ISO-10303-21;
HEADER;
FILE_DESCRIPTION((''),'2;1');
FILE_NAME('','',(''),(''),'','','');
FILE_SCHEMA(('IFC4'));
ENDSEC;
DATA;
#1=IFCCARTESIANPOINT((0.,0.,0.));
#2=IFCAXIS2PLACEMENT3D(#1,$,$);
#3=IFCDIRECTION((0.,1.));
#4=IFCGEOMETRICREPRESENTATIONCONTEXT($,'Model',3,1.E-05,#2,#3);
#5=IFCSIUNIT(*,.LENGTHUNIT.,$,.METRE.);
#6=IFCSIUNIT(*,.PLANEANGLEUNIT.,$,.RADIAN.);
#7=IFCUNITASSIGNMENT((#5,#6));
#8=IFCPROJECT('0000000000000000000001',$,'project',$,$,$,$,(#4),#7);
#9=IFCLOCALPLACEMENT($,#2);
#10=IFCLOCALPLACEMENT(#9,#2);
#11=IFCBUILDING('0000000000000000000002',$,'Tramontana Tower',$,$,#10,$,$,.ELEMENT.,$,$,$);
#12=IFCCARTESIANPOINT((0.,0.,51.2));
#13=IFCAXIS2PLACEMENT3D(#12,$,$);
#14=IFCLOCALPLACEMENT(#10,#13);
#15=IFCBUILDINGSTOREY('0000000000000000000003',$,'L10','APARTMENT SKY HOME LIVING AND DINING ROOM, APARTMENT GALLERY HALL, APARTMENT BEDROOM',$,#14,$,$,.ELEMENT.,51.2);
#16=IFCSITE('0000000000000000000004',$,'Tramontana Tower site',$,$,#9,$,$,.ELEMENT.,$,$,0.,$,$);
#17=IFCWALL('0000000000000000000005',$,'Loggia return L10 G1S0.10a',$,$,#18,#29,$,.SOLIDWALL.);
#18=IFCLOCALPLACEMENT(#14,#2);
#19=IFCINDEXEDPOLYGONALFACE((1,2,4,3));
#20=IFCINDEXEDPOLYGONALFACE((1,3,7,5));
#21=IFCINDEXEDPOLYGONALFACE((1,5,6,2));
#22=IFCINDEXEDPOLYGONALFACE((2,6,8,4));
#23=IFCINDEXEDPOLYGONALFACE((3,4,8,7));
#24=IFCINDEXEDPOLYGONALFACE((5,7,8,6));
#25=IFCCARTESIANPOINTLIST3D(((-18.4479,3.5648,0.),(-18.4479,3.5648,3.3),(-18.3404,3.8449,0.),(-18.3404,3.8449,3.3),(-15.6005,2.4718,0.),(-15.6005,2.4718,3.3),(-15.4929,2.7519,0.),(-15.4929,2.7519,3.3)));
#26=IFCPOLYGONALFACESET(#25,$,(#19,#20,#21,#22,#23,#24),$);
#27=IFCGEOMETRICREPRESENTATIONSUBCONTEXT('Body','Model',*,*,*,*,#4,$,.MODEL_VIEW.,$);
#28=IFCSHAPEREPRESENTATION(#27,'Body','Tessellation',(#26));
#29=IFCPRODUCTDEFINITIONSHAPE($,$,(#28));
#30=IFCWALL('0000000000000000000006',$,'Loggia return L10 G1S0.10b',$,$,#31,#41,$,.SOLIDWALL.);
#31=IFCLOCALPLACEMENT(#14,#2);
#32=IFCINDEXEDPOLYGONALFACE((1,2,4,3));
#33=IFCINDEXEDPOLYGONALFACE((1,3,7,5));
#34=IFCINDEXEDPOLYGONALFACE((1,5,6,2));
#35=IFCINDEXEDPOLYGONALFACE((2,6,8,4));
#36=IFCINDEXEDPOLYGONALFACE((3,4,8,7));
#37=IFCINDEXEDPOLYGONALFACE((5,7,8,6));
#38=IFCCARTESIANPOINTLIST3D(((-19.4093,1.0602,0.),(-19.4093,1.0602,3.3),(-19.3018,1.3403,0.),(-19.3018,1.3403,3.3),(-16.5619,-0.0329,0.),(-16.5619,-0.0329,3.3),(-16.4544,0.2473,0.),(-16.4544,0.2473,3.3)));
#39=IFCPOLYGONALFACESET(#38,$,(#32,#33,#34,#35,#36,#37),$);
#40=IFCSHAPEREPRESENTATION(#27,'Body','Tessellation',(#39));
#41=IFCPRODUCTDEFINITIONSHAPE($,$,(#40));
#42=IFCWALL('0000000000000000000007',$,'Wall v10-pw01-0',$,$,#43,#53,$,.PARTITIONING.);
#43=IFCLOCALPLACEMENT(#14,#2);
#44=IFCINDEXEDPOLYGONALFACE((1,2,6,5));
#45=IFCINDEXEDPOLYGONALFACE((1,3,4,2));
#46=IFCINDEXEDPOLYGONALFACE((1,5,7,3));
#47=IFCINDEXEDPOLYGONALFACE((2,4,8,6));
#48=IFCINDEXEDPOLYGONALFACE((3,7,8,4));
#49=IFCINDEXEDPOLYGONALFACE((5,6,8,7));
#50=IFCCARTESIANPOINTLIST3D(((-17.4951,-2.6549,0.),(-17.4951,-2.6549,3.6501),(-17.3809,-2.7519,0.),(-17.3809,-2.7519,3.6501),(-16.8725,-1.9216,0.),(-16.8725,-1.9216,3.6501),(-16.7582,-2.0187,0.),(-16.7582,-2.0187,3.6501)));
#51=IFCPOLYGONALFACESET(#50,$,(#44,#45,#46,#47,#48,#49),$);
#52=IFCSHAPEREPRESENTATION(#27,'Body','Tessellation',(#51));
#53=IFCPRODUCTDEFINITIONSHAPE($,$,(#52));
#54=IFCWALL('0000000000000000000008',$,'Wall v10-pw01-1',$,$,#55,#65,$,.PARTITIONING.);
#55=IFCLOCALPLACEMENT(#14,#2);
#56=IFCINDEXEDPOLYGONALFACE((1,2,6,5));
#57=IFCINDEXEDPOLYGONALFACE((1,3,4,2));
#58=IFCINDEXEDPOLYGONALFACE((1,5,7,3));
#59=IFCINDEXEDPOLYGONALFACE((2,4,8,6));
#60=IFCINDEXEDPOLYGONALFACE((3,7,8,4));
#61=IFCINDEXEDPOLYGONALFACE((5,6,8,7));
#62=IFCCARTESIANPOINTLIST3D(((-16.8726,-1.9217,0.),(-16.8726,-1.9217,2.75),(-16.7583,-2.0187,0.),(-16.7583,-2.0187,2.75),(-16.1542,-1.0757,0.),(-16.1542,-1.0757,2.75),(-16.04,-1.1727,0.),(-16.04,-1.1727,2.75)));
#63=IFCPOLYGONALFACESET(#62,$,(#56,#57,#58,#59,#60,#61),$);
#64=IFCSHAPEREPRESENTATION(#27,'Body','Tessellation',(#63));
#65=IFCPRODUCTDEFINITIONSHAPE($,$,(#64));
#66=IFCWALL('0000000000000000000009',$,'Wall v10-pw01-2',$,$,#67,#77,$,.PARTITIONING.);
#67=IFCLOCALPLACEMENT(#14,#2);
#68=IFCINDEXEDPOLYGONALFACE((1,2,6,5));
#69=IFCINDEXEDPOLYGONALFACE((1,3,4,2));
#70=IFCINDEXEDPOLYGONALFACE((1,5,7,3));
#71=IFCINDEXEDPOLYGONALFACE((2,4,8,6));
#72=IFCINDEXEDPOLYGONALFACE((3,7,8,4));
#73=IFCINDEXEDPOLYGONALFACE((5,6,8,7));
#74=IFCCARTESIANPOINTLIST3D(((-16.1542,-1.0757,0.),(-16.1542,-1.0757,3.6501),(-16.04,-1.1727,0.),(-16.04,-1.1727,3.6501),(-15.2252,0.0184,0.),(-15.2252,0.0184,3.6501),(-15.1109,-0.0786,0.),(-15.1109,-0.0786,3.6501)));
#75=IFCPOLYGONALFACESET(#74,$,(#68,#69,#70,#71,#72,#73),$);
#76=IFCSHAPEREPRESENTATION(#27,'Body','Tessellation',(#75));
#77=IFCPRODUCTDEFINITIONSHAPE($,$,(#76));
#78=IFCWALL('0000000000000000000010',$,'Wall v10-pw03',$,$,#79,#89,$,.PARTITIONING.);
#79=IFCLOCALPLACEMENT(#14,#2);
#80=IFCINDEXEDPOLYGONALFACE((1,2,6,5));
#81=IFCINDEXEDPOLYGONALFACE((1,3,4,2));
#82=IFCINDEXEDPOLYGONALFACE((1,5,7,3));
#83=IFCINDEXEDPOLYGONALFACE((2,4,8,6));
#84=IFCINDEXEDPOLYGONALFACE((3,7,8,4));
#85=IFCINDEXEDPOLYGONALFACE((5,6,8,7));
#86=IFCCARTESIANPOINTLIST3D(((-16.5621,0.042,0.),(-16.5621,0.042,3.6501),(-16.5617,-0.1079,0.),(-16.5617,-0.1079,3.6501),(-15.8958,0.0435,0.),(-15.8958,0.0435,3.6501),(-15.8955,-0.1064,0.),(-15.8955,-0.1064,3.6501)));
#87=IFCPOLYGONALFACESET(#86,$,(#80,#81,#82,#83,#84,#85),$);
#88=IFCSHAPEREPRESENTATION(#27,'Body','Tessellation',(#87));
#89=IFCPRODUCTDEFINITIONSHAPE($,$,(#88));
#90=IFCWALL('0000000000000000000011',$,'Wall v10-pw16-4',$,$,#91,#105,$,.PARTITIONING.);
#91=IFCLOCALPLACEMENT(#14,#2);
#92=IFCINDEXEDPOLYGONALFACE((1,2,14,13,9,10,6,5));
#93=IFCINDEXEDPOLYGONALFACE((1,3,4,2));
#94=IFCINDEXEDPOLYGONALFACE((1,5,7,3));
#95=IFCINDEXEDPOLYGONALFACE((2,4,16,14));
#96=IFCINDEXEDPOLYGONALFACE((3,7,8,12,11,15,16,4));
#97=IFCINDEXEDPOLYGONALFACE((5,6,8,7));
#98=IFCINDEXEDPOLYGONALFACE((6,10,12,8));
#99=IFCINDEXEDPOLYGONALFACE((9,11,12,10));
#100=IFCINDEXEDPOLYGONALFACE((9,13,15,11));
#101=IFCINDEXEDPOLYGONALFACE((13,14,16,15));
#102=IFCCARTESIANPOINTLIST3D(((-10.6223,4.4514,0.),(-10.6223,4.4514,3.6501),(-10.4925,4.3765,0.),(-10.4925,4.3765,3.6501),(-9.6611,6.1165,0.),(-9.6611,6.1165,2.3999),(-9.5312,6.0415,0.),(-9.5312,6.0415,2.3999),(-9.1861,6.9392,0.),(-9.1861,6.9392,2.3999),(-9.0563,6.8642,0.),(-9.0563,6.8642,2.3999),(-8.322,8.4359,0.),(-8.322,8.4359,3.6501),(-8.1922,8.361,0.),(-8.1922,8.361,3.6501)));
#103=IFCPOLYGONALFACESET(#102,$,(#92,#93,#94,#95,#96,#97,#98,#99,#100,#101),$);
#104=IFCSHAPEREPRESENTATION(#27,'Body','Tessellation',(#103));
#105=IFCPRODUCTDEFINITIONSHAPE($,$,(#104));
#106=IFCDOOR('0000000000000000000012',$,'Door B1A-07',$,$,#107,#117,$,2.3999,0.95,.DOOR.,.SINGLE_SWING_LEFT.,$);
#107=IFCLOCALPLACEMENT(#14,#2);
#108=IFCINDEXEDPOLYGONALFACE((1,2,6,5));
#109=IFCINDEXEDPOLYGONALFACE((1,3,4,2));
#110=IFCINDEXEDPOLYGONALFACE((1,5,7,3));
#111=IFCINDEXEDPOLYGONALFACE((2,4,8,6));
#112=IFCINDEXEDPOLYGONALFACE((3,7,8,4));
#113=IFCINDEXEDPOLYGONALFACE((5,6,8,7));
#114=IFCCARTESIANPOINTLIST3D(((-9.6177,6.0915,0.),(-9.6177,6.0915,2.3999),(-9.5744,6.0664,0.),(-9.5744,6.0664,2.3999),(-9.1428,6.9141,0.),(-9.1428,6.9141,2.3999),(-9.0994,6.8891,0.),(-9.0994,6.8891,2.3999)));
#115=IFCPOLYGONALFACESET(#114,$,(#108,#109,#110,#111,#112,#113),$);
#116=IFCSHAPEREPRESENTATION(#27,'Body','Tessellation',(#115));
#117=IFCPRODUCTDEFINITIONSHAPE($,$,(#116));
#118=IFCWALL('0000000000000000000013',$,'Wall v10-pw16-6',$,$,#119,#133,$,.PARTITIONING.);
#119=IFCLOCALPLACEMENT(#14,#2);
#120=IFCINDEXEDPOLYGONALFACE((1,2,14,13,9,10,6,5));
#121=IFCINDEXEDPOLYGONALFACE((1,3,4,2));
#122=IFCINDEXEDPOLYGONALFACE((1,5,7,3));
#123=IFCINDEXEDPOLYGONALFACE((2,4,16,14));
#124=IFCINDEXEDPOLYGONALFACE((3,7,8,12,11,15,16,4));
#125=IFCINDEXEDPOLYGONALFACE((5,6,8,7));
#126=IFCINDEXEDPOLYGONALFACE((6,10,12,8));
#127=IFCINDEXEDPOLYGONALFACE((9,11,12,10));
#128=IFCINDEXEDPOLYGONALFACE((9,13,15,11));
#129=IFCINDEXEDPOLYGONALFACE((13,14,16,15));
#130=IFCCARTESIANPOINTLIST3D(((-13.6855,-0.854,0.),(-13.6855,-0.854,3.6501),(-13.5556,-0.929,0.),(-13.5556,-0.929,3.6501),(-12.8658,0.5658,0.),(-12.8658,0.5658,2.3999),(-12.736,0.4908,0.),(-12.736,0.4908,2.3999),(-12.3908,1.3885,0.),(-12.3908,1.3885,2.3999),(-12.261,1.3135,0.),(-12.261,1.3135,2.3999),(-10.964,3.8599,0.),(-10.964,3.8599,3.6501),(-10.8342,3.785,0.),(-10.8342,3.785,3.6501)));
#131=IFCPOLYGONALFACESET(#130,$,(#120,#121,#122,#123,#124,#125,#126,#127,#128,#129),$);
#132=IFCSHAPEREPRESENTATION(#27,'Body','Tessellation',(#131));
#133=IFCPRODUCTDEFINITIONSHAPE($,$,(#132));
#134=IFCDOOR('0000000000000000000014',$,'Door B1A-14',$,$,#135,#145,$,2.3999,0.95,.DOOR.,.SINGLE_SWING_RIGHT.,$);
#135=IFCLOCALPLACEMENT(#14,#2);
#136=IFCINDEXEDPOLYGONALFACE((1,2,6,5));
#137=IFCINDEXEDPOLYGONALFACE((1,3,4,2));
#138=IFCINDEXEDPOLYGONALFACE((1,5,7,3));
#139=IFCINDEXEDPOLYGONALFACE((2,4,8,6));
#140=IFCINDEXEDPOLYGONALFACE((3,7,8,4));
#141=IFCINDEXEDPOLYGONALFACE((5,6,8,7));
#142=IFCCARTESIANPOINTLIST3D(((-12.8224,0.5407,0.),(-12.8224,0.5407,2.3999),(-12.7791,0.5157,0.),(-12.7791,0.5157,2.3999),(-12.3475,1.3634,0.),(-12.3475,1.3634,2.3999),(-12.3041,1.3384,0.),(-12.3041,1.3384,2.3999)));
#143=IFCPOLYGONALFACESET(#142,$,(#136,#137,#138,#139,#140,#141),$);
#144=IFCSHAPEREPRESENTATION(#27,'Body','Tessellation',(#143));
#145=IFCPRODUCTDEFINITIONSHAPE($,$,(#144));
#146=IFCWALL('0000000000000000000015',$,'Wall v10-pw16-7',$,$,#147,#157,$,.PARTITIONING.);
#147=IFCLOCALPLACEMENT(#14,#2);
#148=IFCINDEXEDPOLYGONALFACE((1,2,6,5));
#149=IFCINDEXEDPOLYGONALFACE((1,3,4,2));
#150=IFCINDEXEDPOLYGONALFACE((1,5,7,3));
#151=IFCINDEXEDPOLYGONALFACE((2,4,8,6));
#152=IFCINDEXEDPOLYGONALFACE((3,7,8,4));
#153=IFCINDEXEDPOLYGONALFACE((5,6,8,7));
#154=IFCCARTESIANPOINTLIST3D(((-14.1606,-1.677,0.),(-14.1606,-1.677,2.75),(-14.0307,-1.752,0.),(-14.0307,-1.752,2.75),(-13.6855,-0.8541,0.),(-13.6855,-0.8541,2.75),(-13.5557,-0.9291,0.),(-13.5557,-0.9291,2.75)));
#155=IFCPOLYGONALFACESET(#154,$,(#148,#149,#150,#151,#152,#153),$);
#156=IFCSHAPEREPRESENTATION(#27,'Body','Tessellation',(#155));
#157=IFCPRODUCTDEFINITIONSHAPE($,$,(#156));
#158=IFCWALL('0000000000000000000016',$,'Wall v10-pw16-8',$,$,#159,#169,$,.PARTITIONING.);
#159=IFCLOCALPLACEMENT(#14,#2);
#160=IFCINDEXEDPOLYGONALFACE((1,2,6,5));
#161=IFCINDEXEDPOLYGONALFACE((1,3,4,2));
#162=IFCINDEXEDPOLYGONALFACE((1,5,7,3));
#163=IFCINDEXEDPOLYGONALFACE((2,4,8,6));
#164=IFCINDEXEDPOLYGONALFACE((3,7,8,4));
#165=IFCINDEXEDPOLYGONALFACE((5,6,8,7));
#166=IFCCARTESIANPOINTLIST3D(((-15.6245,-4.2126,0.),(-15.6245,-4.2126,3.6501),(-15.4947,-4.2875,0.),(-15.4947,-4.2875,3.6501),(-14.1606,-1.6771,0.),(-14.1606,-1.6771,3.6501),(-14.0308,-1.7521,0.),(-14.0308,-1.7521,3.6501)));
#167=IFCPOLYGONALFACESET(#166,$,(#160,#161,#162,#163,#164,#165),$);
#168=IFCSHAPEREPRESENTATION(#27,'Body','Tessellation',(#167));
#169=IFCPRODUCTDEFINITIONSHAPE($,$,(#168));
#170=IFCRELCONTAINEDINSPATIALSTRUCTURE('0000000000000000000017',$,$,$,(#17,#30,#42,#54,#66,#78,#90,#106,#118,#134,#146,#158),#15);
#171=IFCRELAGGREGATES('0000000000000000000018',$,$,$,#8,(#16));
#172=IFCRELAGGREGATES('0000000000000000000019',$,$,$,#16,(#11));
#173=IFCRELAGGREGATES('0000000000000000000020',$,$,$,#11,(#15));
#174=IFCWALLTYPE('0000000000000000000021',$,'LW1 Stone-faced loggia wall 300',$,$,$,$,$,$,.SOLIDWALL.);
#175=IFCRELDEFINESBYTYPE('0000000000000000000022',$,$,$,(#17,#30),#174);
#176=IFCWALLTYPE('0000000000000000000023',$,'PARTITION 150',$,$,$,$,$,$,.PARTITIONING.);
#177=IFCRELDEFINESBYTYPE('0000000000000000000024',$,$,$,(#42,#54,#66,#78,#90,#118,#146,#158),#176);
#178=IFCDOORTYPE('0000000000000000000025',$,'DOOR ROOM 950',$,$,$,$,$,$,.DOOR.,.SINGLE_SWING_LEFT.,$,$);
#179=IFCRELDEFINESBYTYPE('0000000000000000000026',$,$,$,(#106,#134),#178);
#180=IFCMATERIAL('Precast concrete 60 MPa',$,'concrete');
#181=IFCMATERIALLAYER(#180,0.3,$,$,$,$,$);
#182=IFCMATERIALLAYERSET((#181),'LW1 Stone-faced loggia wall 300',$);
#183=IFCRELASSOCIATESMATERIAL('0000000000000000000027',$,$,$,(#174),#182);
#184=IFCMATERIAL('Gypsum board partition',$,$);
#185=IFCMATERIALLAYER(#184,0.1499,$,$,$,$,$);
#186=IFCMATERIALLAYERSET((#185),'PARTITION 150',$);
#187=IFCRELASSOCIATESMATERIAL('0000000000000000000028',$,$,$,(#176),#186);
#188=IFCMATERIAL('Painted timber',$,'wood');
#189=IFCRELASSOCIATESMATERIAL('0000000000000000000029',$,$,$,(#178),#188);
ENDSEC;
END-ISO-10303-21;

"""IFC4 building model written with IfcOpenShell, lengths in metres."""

from ifc_helpers import new_model, si_unit, direction, frame, frame_2d, origin, place, context, subcontext, project, spatial, rectangle, extrude, material, layer, layer_set, type_object, element, fill, save


model = new_model("IFC4")

# Units and contexts
model_context = context("Model", 3, precision=1e-05, world=origin(), true_north=direction((0.0, 1.0)))
body_context = subcontext(model_context, "Body", "Model", "MODEL_VIEW")
ifc_project = project(units=[si_unit("LENGTHUNIT", "METRE"), si_unit("PLANEANGLEUNIT", "RADIAN")], contexts=[model_context])

# Site, building, storey
site_placement = place(None, origin())
site = spatial("IfcSite", under=ifc_project, at=site_placement, Name="Tramontana Tower site", CompositionType="ELEMENT", RefElevation=0.0)
building_placement = place(site_placement, origin())
building = spatial("IfcBuilding", under=site, at=building_placement, Name="Tramontana Tower", CompositionType="ELEMENT")
storey_placement = place(building_placement, frame((0.0, 0.0, 51.2)))
storey = spatial("IfcBuildingStorey", under=building, at=storey_placement, Name="L10", Description="APARTMENT SKY HOME LIVING AND DINING ROOM, APARTMENT GALLERY HALL, APARTMENT BEDROOM", CompositionType="ELEMENT", Elevation=51.2)

# Shared definitions
ifc_material_1 = material(Name="Precast concrete 60 MPa", Category="concrete")
ifc_layer_1 = layer(ifc_material_1, 0.3)
ifc_layer_set_1 = layer_set([ifc_layer_1], Name="LW1 Stone-faced loggia wall 300")
wall_type_1 = type_object("IfcWallType", Name="LW1 Stone-faced loggia wall 300", PredefinedType="SOLIDWALL", material=ifc_layer_set_1)

# Walls
for number, where, z_axis, x_axis, name in (
    (1, (-18.394, 3.7048, 0.0), (0.0, 0.0, 1.0), (0.933581, -0.358368, 0.0), "Loggia return L10 G1S0.10a"),
    (2, (-19.3555, 1.2002, 0.0), (0.0, 0.0, 1.0), (0.933581, -0.358368, 0.0), "Loggia return L10 G1S0.10b"),
):
    element("IfcWall", number, at=place(storey_placement, frame(where, z_axis=z_axis, x_axis=x_axis)), inside=storey, type_object=wall_type_1, Name=name, PredefinedType="SOLIDWALL", context=body_context, shape_type="SweptSolid", body=[
        extrude(rectangle(XDim=3.05, YDim=0.3, at=frame_2d((1.5249, 0.0))), origin(), (0.0, 0.0, 1.0), 3.3),
    ])
ifc_material_2 = material(Name="Gypsum board partition")
ifc_layer_2 = layer(ifc_material_2, 0.1499)
ifc_layer_set_2 = layer_set([ifc_layer_2], Name="PARTITION 150")
wall_type_2 = type_object("IfcWallType", Name="PARTITION 150", PredefinedType="PARTITIONING", material=ifc_layer_set_2)
wall_1_placement = place(storey_placement, frame((-17.438, -2.7034, 0.0), z_axis=(0.0, 0.0, 1.0), x_axis=(0.647273, 0.762259, 0.0)))
element("IfcWall", 3, at=wall_1_placement, inside=storey, type_object=wall_type_2, Name="Wall v10-pw01-0", PredefinedType="PARTITIONING", context=body_context, shape_type="SweptSolid", body=[
    extrude(rectangle(XDim=0.9619, YDim=0.1499, at=frame_2d((0.481, 0.0))), origin(), (0.0, 0.0, 1.0), 3.6501),
])
wall_2_placement = place(storey_placement, frame((-16.8154, -1.9702, 0.0), z_axis=(0.0, 0.0, 1.0), x_axis=(0.647233, 0.762292, 0.0)))
element("IfcWall", 4, at=wall_2_placement, inside=storey, type_object=wall_type_2, Name="Wall v10-pw01-1", PredefinedType="PARTITIONING", context=body_context, shape_type="SweptSolid", body=[
    extrude(rectangle(XDim=1.1099, YDim=0.1499, at=frame_2d((0.5549, 0.0))), origin(), (0.0, 0.0, 1.0), 2.75),
])
wall_3_placement = place(storey_placement, frame((-16.0972, -1.1243, 0.0), z_axis=(0.0, 0.0, 1.0), x_axis=(0.647268, 0.762262, 0.0)))
element("IfcWall", 5, at=wall_3_placement, inside=storey, type_object=wall_type_2, Name="Wall v10-pw01-2", PredefinedType="PARTITIONING", context=body_context, shape_type="SweptSolid", body=[
    extrude(rectangle(XDim=1.4353, YDim=0.1499, at=frame_2d((0.7178, 0.0))), origin(), (0.0, 0.0, 1.0), 3.6501),
])

# Wall
wall_4_placement = place(storey_placement, frame((-16.5618, -0.033, 0.0), z_axis=(0.0, 0.0, 1.0), x_axis=(0.999998, 0.002199, 0.0)))
element("IfcWall", 6, at=wall_4_placement, inside=storey, type_object=wall_type_2, Name="Wall v10-pw03", PredefinedType="PARTITIONING", context=body_context, shape_type="SweptSolid", body=[
    extrude(rectangle(XDim=0.6663, YDim=0.1499, at=frame_2d((0.333, 0.0))), origin(), (0.0, 0.0, 1.0), 3.6501),
])

# Walls, openings, doors
wall_5_placement = place(storey_placement, frame((-10.5574, 4.4141, 0.0), z_axis=(0.0, 0.0, 1.0), x_axis=(0.499986, 0.866034, 0.0)))
wall_5 = element("IfcWall", 7, at=wall_5_placement, inside=storey, type_object=wall_type_2, Name="Wall v10-pw16-4", PredefinedType="PARTITIONING", context=body_context, shape_type="SweptSolid", body=[
    extrude(rectangle(XDim=4.6008, YDim=0.1499, at=frame_2d((2.3003, 0.0))), origin(), (0.0, 0.0, 1.0), 3.6501),
])
opening_1_placement = place(wall_5_placement, frame((1.9224, 0.0, 0.0)))
opening_1 = element("IfcOpeningElement", 8, at=opening_1_placement, cuts=wall_5, PredefinedType="OPENING", context=body_context, shape_type="SweptSolid", body=[
    extrude(rectangle(XDim=0.95, YDim=2.3999, at=frame_2d((0.4751, 1.2))), frame((0.0, 0.085, 0.0), z_axis=(0.0, -1.0, 0.0), x_axis=(1.0, 0.0, 0.0)), (0.0, 0.0, 1.0), 0.1699),
])
ifc_material_3 = material(Name="Painted timber", Category="wood")
door_type_1 = type_object("IfcDoorType", Name="DOOR ROOM 950", OperationType="SINGLE_SWING_LEFT", PredefinedType="DOOR", material=ifc_material_3)
door_1_placement = place(opening_1_placement, origin())
door_1 = element("IfcDoor", 9, at=door_1_placement, inside=storey, type_object=door_type_1, Name="Door B1A-07", OperationType="SINGLE_SWING_LEFT", OverallHeight=2.3999, OverallWidth=0.95, PredefinedType="DOOR", context=body_context, shape_type="SweptSolid", body=[
    extrude(rectangle(XDim=0.95, YDim=2.3999, at=frame_2d((0.4751, 1.2))), frame((0.0, 0.0249, 0.0), z_axis=(0.0, -1.0, 0.0), x_axis=(1.0, 0.0, 0.0)), (0.0, 0.0, 1.0), 0.05),
])
fill(opening_1, door_1)
wall_6_placement = place(storey_placement, frame((-13.6206, -0.8916, 0.0), z_axis=(0.0, 0.0, 1.0), x_axis=(0.499984, 0.866035, 0.0)))
wall_6 = element("IfcWall", 10, at=wall_6_placement, inside=storey, type_object=wall_type_2, Name="Wall v10-pw16-6", PredefinedType="PARTITIONING", context=body_context, shape_type="SweptSolid", body=[
    extrude(rectangle(XDim=5.4431, YDim=0.1499, at=frame_2d((2.7217, 0.0))), origin(), (0.0, 0.0, 1.0), 3.6501),
])
opening_2_placement = place(wall_6_placement, frame((1.6394, 0.0, 0.0)))
opening_2 = element("IfcOpeningElement", 11, at=opening_2_placement, cuts=wall_6, PredefinedType="OPENING", context=body_context, shape_type="SweptSolid", body=[
    extrude(rectangle(XDim=0.95, YDim=2.3999, at=frame_2d((0.4751, 1.2))), frame((0.0, 0.085, 0.0), z_axis=(0.0, -1.0, 0.0), x_axis=(1.0, 0.0, 0.0)), (0.0, 0.0, 1.0), 0.1699),
])
door_2_placement = place(opening_2_placement, origin())
door_2 = element("IfcDoor", 12, at=door_2_placement, inside=storey, type_object=door_type_1, Name="Door B1A-14", OperationType="SINGLE_SWING_RIGHT", OverallHeight=2.3999, OverallWidth=0.95, PredefinedType="DOOR", context=body_context, shape_type="SweptSolid", body=[
    extrude(rectangle(XDim=0.95, YDim=2.3999, at=frame_2d((0.4751, 1.2))), frame((0.0, 0.0249, 0.0), z_axis=(0.0, -1.0, 0.0), x_axis=(1.0, 0.0, 0.0)), (0.0, 0.0, 1.0), 0.05),
])
fill(opening_2, door_2)

# Walls
wall_7_placement = place(storey_placement, frame((-13.6206, -0.8916, 0.0), z_axis=(0.0, 0.0, 1.0), x_axis=(-0.499952, -0.866053, 0.0)))
element("IfcWall", 13, at=wall_7_placement, inside=storey, type_object=wall_type_2, Name="Wall v10-pw16-7", PredefinedType="PARTITIONING", context=body_context, shape_type="SweptSolid", body=[
    extrude(rectangle(XDim=0.9502, YDim=0.1499, at=frame_2d((0.4751, 0.0))), origin(), (0.0, 0.0, 1.0), 2.75),
])
wall_8_placement = place(storey_placement, frame((-14.0957, -1.7146, 0.0), z_axis=(0.0, 0.0, 1.0), x_axis=(-0.500014, -0.866018, 0.0)))
element("IfcWall", 14, at=wall_8_placement, inside=storey, type_object=wall_type_2, Name="Wall v10-pw16-8", PredefinedType="PARTITIONING", context=body_context, shape_type="SweptSolid", body=[
    extrude(rectangle(XDim=2.9277, YDim=0.1499, at=frame_2d((1.4639, 0.0))), origin(), (0.0, 0.0, 1.0), 3.6501),
])

save(model, "model.ifc")
